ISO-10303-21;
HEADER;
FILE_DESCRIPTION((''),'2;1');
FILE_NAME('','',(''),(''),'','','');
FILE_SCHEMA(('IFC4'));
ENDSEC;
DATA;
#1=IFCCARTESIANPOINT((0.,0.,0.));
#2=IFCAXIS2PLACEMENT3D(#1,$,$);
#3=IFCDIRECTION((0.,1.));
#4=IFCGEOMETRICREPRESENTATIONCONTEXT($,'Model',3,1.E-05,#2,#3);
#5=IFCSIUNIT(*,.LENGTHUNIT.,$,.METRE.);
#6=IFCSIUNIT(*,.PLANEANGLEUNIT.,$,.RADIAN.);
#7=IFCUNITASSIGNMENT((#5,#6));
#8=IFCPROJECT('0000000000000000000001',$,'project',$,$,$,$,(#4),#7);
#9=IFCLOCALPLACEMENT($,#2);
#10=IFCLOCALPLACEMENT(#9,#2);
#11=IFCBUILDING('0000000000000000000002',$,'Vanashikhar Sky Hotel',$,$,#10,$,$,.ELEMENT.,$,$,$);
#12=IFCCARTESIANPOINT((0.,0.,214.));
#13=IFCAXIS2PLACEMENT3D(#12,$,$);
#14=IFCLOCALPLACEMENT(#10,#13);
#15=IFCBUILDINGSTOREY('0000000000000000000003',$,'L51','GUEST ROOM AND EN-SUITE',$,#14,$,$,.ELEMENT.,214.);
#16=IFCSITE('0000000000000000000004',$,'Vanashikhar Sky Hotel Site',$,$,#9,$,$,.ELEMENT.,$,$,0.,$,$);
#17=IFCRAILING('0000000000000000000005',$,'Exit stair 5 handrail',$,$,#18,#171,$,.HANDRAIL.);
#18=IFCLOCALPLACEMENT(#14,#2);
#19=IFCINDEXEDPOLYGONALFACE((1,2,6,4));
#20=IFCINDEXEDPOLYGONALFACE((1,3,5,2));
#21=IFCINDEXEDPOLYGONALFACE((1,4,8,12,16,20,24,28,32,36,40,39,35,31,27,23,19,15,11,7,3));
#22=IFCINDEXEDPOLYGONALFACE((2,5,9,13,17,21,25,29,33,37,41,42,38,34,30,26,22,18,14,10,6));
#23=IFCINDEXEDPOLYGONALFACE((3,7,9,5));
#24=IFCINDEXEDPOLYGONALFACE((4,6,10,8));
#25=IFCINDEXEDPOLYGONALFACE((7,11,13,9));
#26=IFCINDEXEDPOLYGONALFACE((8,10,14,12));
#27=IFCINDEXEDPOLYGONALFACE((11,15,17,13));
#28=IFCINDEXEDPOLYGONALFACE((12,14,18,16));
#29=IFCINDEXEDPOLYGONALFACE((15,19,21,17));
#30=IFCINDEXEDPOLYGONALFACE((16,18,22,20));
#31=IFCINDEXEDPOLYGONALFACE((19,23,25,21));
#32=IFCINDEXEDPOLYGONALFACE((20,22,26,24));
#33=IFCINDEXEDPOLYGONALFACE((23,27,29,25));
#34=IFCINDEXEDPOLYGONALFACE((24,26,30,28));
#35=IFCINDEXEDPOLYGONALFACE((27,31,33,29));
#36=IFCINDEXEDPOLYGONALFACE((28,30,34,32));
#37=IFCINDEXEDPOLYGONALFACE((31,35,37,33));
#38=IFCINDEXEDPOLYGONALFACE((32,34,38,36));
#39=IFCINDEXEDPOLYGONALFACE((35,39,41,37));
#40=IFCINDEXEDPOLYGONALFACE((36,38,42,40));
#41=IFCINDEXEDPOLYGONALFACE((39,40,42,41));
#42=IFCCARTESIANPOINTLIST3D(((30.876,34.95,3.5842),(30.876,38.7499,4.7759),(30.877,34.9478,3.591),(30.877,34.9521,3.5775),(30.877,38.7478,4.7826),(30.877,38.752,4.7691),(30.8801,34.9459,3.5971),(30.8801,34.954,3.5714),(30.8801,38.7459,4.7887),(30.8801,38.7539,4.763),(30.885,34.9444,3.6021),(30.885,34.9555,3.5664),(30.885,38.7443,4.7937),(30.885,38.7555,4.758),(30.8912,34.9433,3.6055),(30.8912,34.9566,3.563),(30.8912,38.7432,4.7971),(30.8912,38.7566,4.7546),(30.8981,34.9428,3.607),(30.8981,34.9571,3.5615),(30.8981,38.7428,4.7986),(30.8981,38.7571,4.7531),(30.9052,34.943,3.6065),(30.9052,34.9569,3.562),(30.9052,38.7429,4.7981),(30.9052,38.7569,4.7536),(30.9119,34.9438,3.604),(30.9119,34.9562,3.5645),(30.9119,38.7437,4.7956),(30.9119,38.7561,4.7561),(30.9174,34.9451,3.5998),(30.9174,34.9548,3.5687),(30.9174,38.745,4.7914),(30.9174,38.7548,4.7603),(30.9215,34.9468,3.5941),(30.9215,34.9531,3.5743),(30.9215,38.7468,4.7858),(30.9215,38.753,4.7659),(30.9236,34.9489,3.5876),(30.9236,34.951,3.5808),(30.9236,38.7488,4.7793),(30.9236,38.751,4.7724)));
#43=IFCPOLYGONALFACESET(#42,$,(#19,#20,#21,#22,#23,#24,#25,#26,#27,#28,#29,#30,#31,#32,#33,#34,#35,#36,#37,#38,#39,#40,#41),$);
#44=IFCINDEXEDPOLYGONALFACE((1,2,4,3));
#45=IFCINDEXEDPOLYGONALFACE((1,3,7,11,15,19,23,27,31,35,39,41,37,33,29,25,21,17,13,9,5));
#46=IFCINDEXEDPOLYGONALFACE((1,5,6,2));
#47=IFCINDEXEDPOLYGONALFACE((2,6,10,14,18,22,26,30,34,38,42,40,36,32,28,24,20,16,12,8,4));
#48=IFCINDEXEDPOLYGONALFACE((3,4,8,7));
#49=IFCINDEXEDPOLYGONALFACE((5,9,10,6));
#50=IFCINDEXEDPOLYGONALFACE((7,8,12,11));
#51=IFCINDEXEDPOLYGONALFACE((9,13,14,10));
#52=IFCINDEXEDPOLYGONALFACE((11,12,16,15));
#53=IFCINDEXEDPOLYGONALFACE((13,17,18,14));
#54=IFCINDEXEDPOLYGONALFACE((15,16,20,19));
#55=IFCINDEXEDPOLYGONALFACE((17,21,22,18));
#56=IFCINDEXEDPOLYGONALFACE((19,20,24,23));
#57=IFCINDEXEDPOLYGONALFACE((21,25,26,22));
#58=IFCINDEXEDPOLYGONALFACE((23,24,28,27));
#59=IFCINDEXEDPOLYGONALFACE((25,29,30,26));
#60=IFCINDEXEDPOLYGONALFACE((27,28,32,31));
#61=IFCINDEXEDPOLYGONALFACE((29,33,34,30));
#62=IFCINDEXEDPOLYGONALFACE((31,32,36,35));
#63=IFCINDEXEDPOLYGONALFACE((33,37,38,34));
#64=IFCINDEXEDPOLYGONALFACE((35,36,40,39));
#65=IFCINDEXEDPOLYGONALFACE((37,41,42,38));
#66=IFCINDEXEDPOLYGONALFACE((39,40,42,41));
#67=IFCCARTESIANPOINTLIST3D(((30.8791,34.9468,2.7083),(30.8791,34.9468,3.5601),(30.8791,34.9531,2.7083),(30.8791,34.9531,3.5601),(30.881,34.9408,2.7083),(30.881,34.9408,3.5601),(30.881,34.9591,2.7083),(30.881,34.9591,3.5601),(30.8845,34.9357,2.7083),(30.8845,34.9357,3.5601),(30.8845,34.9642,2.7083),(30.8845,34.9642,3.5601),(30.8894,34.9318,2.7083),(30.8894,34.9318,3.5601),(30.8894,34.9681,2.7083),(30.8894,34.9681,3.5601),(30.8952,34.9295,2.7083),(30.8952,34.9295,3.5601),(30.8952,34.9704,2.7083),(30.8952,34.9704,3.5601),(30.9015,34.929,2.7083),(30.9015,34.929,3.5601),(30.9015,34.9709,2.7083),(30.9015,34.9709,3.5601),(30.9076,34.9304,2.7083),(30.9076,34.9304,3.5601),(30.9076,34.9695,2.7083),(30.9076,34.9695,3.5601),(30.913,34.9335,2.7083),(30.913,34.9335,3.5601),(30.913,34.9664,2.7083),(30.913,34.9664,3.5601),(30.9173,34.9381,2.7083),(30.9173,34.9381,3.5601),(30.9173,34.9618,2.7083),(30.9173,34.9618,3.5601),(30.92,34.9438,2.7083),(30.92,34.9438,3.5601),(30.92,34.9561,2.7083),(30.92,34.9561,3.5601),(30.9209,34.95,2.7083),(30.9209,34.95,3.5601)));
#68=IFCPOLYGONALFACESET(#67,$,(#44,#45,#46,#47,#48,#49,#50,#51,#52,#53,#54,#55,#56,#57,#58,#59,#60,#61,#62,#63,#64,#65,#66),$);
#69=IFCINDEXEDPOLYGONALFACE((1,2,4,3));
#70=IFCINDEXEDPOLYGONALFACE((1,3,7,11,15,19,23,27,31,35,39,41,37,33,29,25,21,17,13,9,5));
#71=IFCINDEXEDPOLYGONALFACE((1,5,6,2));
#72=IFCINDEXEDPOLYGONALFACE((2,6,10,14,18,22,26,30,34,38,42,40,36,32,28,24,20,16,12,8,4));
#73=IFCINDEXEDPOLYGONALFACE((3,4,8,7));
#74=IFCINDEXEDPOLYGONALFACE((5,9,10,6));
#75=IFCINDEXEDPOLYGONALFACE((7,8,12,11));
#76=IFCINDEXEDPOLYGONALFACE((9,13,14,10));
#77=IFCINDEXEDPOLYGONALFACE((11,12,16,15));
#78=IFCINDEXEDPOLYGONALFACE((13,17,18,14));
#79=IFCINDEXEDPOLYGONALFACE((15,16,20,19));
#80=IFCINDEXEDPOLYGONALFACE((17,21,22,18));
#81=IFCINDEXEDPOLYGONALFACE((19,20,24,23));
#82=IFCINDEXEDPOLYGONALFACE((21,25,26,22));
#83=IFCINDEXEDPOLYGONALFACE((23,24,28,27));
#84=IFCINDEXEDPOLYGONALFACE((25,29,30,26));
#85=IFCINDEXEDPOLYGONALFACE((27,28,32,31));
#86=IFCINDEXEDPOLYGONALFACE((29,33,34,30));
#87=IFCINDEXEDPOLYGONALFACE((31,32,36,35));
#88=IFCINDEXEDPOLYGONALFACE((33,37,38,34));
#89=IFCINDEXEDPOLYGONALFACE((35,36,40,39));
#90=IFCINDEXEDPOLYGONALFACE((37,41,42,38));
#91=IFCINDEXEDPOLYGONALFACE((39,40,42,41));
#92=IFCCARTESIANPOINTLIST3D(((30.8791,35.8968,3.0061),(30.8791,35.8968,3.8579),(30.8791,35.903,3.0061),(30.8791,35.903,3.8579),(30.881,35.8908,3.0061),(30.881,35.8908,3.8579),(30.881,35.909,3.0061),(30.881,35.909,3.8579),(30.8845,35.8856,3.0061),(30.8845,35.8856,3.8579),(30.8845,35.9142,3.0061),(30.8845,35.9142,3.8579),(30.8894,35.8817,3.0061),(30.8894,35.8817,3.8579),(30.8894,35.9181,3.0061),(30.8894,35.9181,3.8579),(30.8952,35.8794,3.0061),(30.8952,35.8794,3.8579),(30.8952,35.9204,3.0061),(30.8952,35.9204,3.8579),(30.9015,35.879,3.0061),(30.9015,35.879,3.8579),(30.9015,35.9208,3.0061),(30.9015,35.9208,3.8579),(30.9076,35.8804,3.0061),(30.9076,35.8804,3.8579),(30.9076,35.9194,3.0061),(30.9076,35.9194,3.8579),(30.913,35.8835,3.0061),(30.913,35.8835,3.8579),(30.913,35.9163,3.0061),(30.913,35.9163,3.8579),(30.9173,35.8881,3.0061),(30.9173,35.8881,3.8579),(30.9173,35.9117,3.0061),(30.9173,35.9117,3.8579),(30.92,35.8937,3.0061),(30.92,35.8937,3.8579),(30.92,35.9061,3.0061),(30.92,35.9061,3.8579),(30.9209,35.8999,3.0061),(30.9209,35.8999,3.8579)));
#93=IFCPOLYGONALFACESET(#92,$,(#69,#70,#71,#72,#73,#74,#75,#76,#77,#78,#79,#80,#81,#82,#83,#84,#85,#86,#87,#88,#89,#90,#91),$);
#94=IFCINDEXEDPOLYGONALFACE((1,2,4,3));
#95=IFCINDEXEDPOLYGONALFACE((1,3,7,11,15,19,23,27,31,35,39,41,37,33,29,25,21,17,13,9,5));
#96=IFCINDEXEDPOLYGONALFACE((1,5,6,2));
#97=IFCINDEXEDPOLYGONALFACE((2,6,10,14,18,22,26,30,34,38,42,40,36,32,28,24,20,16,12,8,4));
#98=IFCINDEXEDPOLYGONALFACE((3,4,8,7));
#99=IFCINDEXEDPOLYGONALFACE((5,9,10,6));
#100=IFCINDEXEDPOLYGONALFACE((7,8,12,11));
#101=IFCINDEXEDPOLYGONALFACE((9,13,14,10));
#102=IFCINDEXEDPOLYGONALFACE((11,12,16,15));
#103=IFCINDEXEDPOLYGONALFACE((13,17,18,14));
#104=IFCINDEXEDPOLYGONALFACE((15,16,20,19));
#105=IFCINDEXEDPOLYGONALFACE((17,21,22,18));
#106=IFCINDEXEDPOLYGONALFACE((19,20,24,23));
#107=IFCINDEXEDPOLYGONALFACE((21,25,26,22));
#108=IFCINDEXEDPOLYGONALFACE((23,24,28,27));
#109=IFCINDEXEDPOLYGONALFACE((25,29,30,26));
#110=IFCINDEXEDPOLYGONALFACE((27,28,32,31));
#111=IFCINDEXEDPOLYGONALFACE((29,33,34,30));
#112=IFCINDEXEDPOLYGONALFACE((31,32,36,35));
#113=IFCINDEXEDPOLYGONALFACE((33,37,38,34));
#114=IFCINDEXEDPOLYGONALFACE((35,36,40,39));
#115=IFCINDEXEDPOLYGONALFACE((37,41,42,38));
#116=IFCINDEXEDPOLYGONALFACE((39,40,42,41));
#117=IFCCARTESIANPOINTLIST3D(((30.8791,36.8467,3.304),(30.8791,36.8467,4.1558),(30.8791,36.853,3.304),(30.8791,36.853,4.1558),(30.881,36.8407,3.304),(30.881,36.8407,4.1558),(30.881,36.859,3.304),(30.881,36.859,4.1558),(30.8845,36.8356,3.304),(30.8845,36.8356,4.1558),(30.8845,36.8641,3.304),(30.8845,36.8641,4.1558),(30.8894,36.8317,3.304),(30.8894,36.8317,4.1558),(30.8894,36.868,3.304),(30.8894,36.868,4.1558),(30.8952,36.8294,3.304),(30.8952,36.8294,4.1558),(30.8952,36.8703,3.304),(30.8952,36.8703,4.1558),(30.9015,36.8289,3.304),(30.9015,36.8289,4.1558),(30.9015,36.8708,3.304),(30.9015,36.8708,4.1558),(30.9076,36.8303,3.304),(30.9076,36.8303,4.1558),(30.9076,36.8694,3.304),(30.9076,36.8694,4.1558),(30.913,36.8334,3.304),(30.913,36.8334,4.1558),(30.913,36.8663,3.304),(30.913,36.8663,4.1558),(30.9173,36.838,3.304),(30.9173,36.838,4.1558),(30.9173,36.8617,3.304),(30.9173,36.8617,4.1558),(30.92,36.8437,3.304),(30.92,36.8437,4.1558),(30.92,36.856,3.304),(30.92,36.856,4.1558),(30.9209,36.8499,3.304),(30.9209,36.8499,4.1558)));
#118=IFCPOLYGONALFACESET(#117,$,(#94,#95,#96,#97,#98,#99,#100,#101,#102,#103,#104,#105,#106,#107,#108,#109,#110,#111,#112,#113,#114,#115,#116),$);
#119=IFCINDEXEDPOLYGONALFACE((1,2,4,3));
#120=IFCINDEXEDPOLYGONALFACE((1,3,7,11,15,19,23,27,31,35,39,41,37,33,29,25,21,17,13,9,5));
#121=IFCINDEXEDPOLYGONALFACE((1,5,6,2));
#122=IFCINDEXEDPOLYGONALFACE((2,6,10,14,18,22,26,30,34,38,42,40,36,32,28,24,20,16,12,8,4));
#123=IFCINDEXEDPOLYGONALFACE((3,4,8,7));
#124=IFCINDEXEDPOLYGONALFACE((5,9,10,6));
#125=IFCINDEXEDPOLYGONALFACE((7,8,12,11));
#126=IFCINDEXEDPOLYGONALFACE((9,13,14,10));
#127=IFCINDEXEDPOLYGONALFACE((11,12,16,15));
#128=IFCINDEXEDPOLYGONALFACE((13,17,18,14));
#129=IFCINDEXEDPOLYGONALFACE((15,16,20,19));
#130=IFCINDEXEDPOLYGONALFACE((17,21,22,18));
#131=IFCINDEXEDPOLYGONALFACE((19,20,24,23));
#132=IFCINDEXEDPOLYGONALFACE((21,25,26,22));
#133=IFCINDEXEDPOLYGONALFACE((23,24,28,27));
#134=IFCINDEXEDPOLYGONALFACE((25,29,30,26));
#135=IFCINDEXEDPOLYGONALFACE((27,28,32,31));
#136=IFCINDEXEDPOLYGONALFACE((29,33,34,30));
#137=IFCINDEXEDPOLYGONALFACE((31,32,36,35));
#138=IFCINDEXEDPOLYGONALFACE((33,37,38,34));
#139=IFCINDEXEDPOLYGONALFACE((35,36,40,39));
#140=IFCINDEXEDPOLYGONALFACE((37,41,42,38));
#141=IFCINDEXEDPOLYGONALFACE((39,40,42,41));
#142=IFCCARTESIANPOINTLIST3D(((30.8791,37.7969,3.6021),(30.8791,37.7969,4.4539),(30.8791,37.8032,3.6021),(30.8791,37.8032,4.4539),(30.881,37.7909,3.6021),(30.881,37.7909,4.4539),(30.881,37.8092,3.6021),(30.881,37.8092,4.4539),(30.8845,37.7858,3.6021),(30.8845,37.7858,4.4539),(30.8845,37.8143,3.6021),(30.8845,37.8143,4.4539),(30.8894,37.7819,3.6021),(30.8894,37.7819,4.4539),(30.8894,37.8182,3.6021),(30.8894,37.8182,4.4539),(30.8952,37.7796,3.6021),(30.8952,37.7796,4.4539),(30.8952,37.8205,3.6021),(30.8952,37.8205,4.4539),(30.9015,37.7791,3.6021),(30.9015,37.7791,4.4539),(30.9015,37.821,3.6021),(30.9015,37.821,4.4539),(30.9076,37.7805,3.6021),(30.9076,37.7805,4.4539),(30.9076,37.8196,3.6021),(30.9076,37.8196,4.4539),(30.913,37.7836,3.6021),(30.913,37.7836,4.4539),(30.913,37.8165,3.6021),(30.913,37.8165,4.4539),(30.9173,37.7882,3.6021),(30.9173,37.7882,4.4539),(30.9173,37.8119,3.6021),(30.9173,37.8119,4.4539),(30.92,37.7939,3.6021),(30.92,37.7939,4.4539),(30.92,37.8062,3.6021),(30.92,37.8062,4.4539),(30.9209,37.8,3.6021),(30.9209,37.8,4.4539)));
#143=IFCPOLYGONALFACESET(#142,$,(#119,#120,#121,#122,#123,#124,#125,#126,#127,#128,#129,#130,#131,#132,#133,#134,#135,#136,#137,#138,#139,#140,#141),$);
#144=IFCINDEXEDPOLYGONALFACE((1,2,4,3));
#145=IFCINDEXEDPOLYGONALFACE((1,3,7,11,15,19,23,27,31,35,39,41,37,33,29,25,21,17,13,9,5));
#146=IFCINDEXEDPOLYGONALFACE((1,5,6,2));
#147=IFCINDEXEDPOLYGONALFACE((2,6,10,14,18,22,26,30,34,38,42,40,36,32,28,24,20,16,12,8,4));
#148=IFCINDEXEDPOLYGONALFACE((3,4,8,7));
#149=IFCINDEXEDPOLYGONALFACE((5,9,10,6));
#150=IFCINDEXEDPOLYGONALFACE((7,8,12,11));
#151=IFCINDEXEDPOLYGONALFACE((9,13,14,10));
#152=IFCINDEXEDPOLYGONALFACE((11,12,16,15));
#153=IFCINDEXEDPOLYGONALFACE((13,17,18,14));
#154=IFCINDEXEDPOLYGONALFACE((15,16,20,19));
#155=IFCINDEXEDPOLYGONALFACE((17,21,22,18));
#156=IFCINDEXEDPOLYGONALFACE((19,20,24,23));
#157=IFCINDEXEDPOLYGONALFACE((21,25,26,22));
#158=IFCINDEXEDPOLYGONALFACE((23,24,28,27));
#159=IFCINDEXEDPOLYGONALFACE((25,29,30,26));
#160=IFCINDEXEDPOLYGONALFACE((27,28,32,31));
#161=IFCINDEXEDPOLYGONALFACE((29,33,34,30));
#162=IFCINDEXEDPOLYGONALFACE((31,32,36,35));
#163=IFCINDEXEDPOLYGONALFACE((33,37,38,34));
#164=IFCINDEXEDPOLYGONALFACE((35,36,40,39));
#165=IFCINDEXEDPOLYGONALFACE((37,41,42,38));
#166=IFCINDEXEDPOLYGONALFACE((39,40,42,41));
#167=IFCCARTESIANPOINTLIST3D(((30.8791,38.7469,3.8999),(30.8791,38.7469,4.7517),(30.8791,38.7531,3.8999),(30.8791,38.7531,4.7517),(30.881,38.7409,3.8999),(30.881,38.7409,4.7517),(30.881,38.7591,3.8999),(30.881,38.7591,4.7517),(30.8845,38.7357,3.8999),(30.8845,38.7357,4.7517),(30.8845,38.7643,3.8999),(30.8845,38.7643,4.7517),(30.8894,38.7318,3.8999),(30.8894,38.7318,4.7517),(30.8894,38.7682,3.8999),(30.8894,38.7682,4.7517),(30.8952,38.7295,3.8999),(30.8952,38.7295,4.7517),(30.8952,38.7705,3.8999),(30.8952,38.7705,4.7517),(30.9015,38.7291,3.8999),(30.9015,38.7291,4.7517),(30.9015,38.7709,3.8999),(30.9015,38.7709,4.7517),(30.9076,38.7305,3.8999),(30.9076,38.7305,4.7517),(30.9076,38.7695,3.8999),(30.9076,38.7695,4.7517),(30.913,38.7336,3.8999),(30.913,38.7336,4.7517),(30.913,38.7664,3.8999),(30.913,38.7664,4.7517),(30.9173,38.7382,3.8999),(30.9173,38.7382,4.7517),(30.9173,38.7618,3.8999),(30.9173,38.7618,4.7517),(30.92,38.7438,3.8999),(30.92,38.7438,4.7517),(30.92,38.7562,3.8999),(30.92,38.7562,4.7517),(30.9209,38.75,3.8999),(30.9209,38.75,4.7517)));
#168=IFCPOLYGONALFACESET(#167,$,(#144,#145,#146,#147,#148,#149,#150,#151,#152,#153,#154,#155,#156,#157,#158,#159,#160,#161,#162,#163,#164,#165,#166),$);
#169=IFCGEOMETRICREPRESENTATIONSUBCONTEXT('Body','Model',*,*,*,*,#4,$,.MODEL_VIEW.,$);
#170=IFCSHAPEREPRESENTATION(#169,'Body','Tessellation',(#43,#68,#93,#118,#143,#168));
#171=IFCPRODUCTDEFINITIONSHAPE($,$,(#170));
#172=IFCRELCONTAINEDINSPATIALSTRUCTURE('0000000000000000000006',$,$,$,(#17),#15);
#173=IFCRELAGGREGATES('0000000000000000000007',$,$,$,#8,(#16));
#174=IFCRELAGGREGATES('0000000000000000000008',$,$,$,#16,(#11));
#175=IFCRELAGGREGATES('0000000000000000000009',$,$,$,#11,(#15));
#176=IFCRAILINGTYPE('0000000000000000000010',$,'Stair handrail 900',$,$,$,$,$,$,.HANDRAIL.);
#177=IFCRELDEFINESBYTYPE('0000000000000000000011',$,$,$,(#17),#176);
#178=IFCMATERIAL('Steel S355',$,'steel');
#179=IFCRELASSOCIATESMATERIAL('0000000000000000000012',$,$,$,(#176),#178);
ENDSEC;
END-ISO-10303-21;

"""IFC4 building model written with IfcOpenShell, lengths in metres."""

from ifc_helpers import new_model, si_unit, direction, frame, origin, origin_2d, place, context, subcontext, project, spatial, circle, extrude, source, transform, mapped, material, type_object, element, save


model = new_model("IFC4")

# Units and contexts
model_context = context("Model", 3, precision=1e-05, world=origin(), true_north=direction((0.0, 1.0)))
body_context = subcontext(model_context, "Body", "Model", "MODEL_VIEW")
ifc_project = project(units=[si_unit("LENGTHUNIT", "METRE"), si_unit("PLANEANGLEUNIT", "RADIAN")], contexts=[model_context])

# Site, building, storey
site_placement = place(None, origin())
site = spatial("IfcSite", under=ifc_project, at=site_placement, Name="Vanashikhar Sky Hotel Site", CompositionType="ELEMENT", RefElevation=0.0)
building_placement = place(site_placement, origin())
building = spatial("IfcBuilding", under=site, at=building_placement, Name="Vanashikhar Sky Hotel", CompositionType="ELEMENT")
storey_placement = place(building_placement, frame((0.0, 0.0, 214.0)))
storey = spatial("IfcBuildingStorey", under=building, at=storey_placement, Name="L51", Description="GUEST ROOM AND EN-SUITE", CompositionType="ELEMENT", Elevation=214.0)

# Railing
ifc_material_1 = material(Name="Steel S355", Category="steel")
railing_type_1 = type_object("IfcRailingType", Name="Stair handrail 900", PredefinedType="HANDRAIL", material=ifc_material_1)
shared_shape_1 = source(origin(), body_context, "Body", "SweptSolid", [
    extrude(circle(Radius=0.0239, at=origin_2d()), frame((0.0, 0.0, 0.876), z_axis=(0.0, 0.954184, 0.299221), x_axis=(-1.0, 0.0, 0.0)), (0.0, 0.0, 1.0), 3.9824),
    extrude(circle(Radius=0.021, at=origin_2d()), origin(), (0.0, 0.0, 1.0), 0.8518),
    extrude(circle(Radius=0.021, at=origin_2d()), frame((0.0, 0.95, 0.2979)), (0.0, 0.0, 1.0), 0.8518),
    extrude(circle(Radius=0.021, at=origin_2d()), frame((0.0, 1.8999, 0.5957)), (0.0, 0.0, 1.0), 0.8518),
    extrude(circle(Radius=0.021, at=origin_2d()), frame((0.0, 2.8501, 0.8938)), (0.0, 0.0, 1.0), 0.8518),
    extrude(circle(Radius=0.021, at=origin_2d()), frame((0.0, 3.8, 1.1917)), (0.0, 0.0, 1.0), 0.8518),
])
for number, where, name in (
    (1, (30.8999, 34.95, 2.7083), "Exit stair 5 handrail"),
):
    element("IfcRailing", number, at=place(storey_placement, frame(where)), inside=storey, type_object=railing_type_1, Name=name, PredefinedType="HANDRAIL", context=body_context, shape_type="MappedRepresentation", body=[
        mapped(shared_shape_1, transform((0.0, 0.0, 0.0), scale=1.0)),
    ])

save(model, "model.ifc")
